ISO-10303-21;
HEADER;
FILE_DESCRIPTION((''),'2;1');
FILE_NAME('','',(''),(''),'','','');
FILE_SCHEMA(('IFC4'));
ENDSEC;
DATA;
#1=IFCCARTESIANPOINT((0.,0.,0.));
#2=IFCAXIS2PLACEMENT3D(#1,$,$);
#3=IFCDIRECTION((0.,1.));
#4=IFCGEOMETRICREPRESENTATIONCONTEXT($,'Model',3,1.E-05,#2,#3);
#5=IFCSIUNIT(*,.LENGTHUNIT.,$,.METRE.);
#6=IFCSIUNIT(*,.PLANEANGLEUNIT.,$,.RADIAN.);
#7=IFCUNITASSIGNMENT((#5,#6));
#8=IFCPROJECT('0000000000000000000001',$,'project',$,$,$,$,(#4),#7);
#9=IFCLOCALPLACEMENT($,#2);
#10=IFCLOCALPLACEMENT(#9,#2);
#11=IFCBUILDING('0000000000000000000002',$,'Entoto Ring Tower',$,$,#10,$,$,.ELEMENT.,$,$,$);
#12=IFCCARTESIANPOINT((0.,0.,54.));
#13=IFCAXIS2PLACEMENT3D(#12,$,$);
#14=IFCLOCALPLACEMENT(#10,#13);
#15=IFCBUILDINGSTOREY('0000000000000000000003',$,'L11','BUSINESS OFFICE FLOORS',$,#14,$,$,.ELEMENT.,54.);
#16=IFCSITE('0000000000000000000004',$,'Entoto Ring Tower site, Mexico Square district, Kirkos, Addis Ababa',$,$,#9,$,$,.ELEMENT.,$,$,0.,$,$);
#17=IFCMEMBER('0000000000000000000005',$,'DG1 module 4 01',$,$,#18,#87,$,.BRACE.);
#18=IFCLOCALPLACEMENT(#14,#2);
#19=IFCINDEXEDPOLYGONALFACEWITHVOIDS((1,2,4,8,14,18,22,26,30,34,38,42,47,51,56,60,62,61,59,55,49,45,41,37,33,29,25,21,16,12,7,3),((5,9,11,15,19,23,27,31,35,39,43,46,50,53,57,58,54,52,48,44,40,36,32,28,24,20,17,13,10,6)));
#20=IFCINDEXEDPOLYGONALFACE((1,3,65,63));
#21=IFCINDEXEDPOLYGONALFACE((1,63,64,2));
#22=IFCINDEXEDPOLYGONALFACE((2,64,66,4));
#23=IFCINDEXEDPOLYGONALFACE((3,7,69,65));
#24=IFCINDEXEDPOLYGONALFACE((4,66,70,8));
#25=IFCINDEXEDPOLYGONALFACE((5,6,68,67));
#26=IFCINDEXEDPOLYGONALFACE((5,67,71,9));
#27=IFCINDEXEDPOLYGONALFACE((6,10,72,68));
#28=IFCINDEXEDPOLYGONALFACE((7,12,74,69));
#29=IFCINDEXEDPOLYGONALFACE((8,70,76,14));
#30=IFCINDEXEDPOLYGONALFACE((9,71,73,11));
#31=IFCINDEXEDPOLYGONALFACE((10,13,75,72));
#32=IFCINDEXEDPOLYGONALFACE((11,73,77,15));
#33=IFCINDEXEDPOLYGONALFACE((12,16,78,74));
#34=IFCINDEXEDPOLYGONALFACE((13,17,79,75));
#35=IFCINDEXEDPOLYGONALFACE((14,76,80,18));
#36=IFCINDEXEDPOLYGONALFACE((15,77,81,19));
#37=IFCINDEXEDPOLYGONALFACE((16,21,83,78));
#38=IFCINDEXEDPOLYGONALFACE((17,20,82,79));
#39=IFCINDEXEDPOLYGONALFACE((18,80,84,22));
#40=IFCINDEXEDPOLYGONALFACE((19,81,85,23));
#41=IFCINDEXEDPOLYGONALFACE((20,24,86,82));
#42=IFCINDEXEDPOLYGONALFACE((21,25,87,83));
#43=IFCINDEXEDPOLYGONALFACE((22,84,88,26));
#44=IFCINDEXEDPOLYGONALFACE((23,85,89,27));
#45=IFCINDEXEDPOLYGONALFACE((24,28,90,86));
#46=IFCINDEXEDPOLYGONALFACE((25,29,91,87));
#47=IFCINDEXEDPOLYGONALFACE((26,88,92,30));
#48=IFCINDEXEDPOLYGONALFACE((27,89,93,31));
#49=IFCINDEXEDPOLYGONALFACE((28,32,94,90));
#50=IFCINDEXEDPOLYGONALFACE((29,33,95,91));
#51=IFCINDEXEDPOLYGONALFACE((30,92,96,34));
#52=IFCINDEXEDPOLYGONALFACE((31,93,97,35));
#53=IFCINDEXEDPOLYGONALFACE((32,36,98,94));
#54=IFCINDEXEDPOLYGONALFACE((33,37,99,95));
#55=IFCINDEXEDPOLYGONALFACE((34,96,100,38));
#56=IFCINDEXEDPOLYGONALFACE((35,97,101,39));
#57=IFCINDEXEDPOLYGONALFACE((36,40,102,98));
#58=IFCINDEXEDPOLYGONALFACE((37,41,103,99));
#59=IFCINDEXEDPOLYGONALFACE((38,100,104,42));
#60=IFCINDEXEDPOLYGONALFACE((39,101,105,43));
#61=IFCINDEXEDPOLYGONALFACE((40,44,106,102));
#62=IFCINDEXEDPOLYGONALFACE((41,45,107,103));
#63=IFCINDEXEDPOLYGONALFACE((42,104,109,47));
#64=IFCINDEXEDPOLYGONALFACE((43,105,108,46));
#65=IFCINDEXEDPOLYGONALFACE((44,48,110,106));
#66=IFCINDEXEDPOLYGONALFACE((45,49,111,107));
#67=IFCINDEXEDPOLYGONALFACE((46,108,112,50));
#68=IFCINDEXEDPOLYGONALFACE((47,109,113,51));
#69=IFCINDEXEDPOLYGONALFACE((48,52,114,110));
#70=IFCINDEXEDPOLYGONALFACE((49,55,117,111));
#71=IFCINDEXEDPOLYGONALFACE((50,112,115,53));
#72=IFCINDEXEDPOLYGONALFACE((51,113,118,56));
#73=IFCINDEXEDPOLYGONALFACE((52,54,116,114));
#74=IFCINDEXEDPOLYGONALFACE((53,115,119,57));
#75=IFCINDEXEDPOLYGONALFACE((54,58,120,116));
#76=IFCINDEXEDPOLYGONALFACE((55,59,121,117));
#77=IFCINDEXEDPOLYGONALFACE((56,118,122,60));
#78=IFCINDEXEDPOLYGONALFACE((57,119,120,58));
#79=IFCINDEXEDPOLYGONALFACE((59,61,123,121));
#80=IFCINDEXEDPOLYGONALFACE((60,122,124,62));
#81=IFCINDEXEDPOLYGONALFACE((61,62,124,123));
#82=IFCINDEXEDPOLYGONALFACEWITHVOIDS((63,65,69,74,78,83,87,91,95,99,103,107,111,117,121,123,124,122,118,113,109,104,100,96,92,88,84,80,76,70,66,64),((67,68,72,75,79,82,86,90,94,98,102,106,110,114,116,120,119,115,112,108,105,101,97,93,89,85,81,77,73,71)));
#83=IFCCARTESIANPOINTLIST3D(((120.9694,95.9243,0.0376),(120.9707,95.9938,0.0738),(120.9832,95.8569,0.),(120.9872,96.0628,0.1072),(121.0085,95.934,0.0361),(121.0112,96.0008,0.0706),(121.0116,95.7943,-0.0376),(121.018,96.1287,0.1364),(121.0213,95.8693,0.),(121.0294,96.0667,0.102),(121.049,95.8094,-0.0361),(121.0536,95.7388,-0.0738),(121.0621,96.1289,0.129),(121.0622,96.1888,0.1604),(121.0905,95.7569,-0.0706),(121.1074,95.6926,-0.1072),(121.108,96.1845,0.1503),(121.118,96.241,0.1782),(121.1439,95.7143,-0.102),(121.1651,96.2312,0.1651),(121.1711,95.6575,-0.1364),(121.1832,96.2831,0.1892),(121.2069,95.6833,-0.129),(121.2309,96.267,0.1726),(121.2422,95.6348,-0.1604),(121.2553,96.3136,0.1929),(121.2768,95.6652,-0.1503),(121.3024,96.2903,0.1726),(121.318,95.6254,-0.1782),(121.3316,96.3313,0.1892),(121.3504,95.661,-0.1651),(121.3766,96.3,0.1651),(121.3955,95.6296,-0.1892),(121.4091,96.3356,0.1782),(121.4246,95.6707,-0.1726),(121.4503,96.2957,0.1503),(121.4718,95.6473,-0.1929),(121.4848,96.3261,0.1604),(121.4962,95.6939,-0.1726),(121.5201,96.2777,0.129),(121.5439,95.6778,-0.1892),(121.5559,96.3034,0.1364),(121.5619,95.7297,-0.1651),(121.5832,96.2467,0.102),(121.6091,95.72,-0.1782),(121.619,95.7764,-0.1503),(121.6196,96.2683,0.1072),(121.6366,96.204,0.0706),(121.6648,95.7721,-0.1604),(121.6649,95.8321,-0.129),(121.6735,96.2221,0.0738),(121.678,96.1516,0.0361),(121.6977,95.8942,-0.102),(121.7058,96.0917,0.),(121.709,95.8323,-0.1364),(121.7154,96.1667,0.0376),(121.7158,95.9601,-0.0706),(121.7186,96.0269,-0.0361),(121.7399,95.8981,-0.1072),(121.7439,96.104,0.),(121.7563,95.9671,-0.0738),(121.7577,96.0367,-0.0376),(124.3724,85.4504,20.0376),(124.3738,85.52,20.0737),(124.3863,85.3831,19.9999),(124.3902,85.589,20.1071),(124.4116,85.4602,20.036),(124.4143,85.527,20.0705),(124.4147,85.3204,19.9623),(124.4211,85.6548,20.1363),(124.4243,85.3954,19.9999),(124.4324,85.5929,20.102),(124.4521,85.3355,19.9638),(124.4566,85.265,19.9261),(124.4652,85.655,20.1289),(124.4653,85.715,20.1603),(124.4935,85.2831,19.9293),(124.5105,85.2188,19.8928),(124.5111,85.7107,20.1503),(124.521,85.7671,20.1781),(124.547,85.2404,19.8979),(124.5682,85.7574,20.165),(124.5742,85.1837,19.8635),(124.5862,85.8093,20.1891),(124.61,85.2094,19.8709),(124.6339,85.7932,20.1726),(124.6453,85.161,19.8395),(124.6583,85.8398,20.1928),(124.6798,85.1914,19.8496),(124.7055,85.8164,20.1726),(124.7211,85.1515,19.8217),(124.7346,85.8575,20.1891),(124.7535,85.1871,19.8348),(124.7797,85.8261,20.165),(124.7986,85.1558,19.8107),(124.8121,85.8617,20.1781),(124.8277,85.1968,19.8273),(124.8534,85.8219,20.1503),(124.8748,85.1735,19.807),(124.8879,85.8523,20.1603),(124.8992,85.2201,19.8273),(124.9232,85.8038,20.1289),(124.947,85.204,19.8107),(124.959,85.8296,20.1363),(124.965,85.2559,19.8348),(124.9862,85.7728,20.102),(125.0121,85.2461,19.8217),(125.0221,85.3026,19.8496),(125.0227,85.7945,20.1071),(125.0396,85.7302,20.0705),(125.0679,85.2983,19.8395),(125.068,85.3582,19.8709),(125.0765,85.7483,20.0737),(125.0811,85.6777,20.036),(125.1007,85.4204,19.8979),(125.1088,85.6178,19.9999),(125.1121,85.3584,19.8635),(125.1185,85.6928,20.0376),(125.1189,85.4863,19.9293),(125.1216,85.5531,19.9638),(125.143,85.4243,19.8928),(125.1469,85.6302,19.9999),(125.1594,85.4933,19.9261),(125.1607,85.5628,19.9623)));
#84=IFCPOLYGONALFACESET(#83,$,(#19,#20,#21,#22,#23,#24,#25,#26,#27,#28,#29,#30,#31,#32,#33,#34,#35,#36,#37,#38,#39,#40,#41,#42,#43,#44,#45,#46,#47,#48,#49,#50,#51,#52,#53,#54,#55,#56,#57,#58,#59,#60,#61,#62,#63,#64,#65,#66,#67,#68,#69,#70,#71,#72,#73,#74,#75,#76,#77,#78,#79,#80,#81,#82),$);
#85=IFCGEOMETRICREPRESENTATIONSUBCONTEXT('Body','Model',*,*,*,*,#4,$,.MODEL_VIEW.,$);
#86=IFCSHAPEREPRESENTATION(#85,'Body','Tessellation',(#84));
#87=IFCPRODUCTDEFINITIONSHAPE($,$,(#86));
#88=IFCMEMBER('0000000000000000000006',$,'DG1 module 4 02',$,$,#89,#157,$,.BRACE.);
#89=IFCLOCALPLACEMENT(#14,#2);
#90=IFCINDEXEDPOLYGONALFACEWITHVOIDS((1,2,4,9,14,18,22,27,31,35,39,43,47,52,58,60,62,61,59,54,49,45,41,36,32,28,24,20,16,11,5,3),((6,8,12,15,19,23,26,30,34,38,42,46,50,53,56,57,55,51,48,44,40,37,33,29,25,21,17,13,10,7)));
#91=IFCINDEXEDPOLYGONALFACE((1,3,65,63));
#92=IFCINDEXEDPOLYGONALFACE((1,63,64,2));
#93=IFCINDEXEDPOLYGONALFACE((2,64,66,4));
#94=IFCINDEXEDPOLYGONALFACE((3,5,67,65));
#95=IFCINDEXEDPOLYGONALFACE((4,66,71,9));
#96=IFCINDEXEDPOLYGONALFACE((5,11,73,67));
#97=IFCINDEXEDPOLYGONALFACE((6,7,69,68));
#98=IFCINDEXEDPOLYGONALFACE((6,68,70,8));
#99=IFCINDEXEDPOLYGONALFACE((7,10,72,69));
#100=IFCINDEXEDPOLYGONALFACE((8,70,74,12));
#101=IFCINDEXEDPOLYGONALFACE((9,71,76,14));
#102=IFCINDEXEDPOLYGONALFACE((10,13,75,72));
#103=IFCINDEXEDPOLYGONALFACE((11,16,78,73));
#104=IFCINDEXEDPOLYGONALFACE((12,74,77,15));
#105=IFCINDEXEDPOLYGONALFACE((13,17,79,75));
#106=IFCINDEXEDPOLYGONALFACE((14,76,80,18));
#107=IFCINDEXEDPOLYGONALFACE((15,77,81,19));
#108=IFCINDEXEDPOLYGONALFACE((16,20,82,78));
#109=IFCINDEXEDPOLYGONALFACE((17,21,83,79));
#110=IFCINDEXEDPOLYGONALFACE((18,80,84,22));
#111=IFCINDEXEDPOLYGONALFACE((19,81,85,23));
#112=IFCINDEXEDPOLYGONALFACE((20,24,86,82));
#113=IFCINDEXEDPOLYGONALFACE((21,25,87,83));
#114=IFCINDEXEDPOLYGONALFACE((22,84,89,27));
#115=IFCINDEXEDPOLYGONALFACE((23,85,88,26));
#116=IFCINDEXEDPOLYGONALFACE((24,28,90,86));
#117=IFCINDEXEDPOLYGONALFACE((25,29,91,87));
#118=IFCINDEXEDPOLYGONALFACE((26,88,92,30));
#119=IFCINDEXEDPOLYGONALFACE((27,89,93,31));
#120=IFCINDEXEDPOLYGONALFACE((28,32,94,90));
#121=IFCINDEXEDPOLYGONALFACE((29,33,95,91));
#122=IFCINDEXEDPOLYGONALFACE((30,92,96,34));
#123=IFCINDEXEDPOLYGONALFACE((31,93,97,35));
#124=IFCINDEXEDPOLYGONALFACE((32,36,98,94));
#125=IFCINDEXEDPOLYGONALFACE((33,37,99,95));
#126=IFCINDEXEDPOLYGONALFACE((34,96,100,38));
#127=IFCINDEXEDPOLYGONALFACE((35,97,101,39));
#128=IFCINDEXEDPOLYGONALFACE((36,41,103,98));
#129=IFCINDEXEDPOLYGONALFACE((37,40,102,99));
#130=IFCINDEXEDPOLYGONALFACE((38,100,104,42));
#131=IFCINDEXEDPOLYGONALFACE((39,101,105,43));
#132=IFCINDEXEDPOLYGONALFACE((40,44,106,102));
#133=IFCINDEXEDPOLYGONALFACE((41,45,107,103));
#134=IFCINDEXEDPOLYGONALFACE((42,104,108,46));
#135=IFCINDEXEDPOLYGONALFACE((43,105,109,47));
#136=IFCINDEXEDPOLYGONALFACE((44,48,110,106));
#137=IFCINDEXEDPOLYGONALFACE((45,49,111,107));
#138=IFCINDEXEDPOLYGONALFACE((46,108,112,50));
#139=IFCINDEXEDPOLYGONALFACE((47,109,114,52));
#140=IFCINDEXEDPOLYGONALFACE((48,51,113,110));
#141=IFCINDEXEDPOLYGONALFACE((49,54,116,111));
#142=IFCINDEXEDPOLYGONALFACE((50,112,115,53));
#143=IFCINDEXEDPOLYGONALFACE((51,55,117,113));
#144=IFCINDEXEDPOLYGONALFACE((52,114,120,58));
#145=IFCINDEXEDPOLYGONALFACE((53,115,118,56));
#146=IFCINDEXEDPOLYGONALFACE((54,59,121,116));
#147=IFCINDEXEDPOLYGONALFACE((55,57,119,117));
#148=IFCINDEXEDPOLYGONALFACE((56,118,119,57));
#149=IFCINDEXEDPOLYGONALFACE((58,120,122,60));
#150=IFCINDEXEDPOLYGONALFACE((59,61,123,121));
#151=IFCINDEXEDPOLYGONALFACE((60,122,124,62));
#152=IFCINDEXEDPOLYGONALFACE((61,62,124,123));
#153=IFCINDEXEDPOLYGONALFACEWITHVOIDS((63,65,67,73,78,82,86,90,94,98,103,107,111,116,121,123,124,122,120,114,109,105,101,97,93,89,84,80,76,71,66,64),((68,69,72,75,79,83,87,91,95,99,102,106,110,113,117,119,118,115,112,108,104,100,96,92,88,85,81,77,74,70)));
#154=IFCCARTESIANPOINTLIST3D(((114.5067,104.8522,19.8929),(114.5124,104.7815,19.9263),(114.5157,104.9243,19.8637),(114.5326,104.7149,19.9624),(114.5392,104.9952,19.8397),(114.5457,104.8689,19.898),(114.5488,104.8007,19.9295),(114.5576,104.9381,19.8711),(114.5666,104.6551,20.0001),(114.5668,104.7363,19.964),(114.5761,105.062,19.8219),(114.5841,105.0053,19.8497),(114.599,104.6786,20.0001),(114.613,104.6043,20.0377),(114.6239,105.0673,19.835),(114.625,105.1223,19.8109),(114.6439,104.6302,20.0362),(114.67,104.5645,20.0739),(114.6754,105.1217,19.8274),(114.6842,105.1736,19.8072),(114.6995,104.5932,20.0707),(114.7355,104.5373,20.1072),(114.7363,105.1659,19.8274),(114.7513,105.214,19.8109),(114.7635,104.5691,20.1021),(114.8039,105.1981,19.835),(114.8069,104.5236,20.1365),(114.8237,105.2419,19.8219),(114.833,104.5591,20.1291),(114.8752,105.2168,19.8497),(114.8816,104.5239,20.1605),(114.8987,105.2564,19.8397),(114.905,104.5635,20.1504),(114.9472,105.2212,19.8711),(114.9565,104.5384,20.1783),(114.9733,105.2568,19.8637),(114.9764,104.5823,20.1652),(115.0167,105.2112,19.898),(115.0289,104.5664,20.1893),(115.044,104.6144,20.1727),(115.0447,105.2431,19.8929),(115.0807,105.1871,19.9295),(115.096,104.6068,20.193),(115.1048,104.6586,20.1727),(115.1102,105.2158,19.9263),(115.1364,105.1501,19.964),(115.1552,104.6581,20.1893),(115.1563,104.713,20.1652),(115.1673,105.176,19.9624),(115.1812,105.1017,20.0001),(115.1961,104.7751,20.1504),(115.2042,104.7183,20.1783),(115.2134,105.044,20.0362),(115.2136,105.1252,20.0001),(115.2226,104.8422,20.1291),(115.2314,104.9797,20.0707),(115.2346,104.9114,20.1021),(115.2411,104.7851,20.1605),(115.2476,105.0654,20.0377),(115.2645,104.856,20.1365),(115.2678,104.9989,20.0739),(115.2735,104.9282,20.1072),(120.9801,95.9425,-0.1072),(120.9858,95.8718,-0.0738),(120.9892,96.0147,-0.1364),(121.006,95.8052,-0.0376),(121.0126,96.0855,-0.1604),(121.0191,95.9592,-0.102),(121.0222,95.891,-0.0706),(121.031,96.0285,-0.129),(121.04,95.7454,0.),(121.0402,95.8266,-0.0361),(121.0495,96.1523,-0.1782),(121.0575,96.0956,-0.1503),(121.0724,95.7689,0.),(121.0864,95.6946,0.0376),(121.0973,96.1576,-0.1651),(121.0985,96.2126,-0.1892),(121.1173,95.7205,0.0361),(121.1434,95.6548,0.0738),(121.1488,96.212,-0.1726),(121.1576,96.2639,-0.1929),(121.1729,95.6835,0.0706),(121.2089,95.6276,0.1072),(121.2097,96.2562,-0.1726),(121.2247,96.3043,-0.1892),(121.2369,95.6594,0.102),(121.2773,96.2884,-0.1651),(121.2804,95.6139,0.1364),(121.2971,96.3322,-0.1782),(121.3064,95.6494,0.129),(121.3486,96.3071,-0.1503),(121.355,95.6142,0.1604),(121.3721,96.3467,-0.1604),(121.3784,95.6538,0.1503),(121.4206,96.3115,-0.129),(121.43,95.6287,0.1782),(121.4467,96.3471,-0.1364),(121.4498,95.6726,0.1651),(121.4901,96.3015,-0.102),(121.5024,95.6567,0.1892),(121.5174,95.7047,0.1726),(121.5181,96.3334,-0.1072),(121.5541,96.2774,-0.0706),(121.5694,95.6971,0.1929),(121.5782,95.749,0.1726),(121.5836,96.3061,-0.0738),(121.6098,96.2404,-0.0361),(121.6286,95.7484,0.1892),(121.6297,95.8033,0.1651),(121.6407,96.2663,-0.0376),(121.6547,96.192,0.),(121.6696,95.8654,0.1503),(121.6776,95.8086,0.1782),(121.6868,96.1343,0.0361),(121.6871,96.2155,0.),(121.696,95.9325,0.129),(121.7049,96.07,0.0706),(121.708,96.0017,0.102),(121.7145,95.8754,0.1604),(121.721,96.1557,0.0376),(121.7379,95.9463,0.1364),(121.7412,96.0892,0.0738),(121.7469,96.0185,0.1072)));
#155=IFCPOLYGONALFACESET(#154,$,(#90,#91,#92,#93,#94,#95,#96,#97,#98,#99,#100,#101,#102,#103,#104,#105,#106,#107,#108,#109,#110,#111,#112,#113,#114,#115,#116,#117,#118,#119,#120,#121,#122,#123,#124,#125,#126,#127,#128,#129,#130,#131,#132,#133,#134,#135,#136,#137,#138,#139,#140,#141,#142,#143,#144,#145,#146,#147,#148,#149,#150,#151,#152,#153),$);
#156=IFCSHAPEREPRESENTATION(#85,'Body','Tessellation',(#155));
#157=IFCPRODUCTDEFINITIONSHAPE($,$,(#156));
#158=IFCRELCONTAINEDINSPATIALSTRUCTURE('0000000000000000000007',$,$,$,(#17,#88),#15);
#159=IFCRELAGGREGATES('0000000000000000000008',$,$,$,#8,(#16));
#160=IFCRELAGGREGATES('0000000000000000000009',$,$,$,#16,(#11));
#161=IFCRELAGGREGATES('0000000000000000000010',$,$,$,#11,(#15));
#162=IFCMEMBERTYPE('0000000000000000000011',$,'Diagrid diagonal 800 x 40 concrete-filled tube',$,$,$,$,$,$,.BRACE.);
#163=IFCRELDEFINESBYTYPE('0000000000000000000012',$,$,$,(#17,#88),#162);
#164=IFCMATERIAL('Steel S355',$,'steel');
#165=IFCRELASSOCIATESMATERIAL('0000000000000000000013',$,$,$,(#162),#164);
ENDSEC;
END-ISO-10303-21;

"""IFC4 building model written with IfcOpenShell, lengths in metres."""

from ifc_helpers import new_model, si_unit, direction, frame, origin, origin_2d, place, context, subcontext, project, spatial, circle, hollow_circle, extrude, material, material_profile, profile_set, type_object, element, save


model = new_model("IFC4")

# Units and contexts
model_context = context("Model", 3, precision=1e-05, world=origin(), true_north=direction((0.0, 1.0)))
body_context = subcontext(model_context, "Body", "Model", "MODEL_VIEW")
ifc_project = project(units=[si_unit("LENGTHUNIT", "METRE"), si_unit("PLANEANGLEUNIT", "RADIAN")], contexts=[model_context])

# Site, building, storey
site_placement = place(None, origin())
site = spatial("IfcSite", under=ifc_project, at=site_placement, Name="Entoto Ring Tower site, Mexico Square district, Kirkos, Addis Ababa", CompositionType="ELEMENT", RefElevation=0.0)
building_placement = place(site_placement, origin())
building = spatial("IfcBuilding", under=site, at=building_placement, Name="Entoto Ring Tower", CompositionType="ELEMENT")
storey_placement = place(building_placement, frame((0.0, 0.0, 54.0)))
storey = spatial("IfcBuildingStorey", under=building, at=storey_placement, Name="L11", Description="BUSINESS OFFICE FLOORS", CompositionType="ELEMENT", Elevation=54.0)

# Members
ifc_material_1 = material(Name="Steel S355", Category="steel")
ifc_material_profile_1 = material_profile(ifc_material_1, hollow_circle(Radius=0.3999, WallThickness=0.04, at=origin_2d()), Name="CHS 800 x 40")
ifc_material_2 = material(Name="Concrete C60/75", Category="concrete")
ifc_material_profile_2 = material_profile(ifc_material_2, circle(Radius=0.3601, at=origin_2d()), Name="Concrete C60/75 infill")
ifc_profile_set_1 = profile_set([ifc_material_profile_1, ifc_material_profile_2], Name="Steel S355")
member_type_1 = type_object("IfcMemberType", Name="Diagrid diagonal 800 x 40 concrete-filled tube", PredefinedType="BRACE", material=ifc_profile_set_1)
member_1_placement = place(storey_placement, frame((121.3635, 95.9805, 0.0), z_axis=(0.149051, -0.458744, 0.875978), x_axis=(0.951059, 0.309009, 0.0)))
element("IfcMember", 1, at=member_1_placement, inside=storey, type_object=member_type_1, Name="DG1 module 4 01", PredefinedType="BRACE", context=body_context, shape_type="SweptSolid", body=[
    extrude(hollow_circle(Radius=0.3999, WallThickness=0.04, at=origin_2d()), origin(), (0.0, 0.0, 1.0), 22.8315),
])
for number, where, z_axis, x_axis, name in (
    (2, (121.3635, 95.9805, 0.0), (-0.283526, 0.390232, 0.875975), (-0.809011, -0.587793, 0.0), "DG1 module 4 02"),
):
    element("IfcMember", number, at=place(storey_placement, frame(where, z_axis=z_axis, x_axis=x_axis)), inside=storey, type_object=member_type_1, Name=name, PredefinedType="BRACE", context=body_context, shape_type="SweptSolid", body=[
        extrude(hollow_circle(Radius=0.3999, WallThickness=0.04, at=origin_2d()), origin(), (0.0, 0.0, 1.0), 22.8318),
    ])

save(model, "model.ifc")
